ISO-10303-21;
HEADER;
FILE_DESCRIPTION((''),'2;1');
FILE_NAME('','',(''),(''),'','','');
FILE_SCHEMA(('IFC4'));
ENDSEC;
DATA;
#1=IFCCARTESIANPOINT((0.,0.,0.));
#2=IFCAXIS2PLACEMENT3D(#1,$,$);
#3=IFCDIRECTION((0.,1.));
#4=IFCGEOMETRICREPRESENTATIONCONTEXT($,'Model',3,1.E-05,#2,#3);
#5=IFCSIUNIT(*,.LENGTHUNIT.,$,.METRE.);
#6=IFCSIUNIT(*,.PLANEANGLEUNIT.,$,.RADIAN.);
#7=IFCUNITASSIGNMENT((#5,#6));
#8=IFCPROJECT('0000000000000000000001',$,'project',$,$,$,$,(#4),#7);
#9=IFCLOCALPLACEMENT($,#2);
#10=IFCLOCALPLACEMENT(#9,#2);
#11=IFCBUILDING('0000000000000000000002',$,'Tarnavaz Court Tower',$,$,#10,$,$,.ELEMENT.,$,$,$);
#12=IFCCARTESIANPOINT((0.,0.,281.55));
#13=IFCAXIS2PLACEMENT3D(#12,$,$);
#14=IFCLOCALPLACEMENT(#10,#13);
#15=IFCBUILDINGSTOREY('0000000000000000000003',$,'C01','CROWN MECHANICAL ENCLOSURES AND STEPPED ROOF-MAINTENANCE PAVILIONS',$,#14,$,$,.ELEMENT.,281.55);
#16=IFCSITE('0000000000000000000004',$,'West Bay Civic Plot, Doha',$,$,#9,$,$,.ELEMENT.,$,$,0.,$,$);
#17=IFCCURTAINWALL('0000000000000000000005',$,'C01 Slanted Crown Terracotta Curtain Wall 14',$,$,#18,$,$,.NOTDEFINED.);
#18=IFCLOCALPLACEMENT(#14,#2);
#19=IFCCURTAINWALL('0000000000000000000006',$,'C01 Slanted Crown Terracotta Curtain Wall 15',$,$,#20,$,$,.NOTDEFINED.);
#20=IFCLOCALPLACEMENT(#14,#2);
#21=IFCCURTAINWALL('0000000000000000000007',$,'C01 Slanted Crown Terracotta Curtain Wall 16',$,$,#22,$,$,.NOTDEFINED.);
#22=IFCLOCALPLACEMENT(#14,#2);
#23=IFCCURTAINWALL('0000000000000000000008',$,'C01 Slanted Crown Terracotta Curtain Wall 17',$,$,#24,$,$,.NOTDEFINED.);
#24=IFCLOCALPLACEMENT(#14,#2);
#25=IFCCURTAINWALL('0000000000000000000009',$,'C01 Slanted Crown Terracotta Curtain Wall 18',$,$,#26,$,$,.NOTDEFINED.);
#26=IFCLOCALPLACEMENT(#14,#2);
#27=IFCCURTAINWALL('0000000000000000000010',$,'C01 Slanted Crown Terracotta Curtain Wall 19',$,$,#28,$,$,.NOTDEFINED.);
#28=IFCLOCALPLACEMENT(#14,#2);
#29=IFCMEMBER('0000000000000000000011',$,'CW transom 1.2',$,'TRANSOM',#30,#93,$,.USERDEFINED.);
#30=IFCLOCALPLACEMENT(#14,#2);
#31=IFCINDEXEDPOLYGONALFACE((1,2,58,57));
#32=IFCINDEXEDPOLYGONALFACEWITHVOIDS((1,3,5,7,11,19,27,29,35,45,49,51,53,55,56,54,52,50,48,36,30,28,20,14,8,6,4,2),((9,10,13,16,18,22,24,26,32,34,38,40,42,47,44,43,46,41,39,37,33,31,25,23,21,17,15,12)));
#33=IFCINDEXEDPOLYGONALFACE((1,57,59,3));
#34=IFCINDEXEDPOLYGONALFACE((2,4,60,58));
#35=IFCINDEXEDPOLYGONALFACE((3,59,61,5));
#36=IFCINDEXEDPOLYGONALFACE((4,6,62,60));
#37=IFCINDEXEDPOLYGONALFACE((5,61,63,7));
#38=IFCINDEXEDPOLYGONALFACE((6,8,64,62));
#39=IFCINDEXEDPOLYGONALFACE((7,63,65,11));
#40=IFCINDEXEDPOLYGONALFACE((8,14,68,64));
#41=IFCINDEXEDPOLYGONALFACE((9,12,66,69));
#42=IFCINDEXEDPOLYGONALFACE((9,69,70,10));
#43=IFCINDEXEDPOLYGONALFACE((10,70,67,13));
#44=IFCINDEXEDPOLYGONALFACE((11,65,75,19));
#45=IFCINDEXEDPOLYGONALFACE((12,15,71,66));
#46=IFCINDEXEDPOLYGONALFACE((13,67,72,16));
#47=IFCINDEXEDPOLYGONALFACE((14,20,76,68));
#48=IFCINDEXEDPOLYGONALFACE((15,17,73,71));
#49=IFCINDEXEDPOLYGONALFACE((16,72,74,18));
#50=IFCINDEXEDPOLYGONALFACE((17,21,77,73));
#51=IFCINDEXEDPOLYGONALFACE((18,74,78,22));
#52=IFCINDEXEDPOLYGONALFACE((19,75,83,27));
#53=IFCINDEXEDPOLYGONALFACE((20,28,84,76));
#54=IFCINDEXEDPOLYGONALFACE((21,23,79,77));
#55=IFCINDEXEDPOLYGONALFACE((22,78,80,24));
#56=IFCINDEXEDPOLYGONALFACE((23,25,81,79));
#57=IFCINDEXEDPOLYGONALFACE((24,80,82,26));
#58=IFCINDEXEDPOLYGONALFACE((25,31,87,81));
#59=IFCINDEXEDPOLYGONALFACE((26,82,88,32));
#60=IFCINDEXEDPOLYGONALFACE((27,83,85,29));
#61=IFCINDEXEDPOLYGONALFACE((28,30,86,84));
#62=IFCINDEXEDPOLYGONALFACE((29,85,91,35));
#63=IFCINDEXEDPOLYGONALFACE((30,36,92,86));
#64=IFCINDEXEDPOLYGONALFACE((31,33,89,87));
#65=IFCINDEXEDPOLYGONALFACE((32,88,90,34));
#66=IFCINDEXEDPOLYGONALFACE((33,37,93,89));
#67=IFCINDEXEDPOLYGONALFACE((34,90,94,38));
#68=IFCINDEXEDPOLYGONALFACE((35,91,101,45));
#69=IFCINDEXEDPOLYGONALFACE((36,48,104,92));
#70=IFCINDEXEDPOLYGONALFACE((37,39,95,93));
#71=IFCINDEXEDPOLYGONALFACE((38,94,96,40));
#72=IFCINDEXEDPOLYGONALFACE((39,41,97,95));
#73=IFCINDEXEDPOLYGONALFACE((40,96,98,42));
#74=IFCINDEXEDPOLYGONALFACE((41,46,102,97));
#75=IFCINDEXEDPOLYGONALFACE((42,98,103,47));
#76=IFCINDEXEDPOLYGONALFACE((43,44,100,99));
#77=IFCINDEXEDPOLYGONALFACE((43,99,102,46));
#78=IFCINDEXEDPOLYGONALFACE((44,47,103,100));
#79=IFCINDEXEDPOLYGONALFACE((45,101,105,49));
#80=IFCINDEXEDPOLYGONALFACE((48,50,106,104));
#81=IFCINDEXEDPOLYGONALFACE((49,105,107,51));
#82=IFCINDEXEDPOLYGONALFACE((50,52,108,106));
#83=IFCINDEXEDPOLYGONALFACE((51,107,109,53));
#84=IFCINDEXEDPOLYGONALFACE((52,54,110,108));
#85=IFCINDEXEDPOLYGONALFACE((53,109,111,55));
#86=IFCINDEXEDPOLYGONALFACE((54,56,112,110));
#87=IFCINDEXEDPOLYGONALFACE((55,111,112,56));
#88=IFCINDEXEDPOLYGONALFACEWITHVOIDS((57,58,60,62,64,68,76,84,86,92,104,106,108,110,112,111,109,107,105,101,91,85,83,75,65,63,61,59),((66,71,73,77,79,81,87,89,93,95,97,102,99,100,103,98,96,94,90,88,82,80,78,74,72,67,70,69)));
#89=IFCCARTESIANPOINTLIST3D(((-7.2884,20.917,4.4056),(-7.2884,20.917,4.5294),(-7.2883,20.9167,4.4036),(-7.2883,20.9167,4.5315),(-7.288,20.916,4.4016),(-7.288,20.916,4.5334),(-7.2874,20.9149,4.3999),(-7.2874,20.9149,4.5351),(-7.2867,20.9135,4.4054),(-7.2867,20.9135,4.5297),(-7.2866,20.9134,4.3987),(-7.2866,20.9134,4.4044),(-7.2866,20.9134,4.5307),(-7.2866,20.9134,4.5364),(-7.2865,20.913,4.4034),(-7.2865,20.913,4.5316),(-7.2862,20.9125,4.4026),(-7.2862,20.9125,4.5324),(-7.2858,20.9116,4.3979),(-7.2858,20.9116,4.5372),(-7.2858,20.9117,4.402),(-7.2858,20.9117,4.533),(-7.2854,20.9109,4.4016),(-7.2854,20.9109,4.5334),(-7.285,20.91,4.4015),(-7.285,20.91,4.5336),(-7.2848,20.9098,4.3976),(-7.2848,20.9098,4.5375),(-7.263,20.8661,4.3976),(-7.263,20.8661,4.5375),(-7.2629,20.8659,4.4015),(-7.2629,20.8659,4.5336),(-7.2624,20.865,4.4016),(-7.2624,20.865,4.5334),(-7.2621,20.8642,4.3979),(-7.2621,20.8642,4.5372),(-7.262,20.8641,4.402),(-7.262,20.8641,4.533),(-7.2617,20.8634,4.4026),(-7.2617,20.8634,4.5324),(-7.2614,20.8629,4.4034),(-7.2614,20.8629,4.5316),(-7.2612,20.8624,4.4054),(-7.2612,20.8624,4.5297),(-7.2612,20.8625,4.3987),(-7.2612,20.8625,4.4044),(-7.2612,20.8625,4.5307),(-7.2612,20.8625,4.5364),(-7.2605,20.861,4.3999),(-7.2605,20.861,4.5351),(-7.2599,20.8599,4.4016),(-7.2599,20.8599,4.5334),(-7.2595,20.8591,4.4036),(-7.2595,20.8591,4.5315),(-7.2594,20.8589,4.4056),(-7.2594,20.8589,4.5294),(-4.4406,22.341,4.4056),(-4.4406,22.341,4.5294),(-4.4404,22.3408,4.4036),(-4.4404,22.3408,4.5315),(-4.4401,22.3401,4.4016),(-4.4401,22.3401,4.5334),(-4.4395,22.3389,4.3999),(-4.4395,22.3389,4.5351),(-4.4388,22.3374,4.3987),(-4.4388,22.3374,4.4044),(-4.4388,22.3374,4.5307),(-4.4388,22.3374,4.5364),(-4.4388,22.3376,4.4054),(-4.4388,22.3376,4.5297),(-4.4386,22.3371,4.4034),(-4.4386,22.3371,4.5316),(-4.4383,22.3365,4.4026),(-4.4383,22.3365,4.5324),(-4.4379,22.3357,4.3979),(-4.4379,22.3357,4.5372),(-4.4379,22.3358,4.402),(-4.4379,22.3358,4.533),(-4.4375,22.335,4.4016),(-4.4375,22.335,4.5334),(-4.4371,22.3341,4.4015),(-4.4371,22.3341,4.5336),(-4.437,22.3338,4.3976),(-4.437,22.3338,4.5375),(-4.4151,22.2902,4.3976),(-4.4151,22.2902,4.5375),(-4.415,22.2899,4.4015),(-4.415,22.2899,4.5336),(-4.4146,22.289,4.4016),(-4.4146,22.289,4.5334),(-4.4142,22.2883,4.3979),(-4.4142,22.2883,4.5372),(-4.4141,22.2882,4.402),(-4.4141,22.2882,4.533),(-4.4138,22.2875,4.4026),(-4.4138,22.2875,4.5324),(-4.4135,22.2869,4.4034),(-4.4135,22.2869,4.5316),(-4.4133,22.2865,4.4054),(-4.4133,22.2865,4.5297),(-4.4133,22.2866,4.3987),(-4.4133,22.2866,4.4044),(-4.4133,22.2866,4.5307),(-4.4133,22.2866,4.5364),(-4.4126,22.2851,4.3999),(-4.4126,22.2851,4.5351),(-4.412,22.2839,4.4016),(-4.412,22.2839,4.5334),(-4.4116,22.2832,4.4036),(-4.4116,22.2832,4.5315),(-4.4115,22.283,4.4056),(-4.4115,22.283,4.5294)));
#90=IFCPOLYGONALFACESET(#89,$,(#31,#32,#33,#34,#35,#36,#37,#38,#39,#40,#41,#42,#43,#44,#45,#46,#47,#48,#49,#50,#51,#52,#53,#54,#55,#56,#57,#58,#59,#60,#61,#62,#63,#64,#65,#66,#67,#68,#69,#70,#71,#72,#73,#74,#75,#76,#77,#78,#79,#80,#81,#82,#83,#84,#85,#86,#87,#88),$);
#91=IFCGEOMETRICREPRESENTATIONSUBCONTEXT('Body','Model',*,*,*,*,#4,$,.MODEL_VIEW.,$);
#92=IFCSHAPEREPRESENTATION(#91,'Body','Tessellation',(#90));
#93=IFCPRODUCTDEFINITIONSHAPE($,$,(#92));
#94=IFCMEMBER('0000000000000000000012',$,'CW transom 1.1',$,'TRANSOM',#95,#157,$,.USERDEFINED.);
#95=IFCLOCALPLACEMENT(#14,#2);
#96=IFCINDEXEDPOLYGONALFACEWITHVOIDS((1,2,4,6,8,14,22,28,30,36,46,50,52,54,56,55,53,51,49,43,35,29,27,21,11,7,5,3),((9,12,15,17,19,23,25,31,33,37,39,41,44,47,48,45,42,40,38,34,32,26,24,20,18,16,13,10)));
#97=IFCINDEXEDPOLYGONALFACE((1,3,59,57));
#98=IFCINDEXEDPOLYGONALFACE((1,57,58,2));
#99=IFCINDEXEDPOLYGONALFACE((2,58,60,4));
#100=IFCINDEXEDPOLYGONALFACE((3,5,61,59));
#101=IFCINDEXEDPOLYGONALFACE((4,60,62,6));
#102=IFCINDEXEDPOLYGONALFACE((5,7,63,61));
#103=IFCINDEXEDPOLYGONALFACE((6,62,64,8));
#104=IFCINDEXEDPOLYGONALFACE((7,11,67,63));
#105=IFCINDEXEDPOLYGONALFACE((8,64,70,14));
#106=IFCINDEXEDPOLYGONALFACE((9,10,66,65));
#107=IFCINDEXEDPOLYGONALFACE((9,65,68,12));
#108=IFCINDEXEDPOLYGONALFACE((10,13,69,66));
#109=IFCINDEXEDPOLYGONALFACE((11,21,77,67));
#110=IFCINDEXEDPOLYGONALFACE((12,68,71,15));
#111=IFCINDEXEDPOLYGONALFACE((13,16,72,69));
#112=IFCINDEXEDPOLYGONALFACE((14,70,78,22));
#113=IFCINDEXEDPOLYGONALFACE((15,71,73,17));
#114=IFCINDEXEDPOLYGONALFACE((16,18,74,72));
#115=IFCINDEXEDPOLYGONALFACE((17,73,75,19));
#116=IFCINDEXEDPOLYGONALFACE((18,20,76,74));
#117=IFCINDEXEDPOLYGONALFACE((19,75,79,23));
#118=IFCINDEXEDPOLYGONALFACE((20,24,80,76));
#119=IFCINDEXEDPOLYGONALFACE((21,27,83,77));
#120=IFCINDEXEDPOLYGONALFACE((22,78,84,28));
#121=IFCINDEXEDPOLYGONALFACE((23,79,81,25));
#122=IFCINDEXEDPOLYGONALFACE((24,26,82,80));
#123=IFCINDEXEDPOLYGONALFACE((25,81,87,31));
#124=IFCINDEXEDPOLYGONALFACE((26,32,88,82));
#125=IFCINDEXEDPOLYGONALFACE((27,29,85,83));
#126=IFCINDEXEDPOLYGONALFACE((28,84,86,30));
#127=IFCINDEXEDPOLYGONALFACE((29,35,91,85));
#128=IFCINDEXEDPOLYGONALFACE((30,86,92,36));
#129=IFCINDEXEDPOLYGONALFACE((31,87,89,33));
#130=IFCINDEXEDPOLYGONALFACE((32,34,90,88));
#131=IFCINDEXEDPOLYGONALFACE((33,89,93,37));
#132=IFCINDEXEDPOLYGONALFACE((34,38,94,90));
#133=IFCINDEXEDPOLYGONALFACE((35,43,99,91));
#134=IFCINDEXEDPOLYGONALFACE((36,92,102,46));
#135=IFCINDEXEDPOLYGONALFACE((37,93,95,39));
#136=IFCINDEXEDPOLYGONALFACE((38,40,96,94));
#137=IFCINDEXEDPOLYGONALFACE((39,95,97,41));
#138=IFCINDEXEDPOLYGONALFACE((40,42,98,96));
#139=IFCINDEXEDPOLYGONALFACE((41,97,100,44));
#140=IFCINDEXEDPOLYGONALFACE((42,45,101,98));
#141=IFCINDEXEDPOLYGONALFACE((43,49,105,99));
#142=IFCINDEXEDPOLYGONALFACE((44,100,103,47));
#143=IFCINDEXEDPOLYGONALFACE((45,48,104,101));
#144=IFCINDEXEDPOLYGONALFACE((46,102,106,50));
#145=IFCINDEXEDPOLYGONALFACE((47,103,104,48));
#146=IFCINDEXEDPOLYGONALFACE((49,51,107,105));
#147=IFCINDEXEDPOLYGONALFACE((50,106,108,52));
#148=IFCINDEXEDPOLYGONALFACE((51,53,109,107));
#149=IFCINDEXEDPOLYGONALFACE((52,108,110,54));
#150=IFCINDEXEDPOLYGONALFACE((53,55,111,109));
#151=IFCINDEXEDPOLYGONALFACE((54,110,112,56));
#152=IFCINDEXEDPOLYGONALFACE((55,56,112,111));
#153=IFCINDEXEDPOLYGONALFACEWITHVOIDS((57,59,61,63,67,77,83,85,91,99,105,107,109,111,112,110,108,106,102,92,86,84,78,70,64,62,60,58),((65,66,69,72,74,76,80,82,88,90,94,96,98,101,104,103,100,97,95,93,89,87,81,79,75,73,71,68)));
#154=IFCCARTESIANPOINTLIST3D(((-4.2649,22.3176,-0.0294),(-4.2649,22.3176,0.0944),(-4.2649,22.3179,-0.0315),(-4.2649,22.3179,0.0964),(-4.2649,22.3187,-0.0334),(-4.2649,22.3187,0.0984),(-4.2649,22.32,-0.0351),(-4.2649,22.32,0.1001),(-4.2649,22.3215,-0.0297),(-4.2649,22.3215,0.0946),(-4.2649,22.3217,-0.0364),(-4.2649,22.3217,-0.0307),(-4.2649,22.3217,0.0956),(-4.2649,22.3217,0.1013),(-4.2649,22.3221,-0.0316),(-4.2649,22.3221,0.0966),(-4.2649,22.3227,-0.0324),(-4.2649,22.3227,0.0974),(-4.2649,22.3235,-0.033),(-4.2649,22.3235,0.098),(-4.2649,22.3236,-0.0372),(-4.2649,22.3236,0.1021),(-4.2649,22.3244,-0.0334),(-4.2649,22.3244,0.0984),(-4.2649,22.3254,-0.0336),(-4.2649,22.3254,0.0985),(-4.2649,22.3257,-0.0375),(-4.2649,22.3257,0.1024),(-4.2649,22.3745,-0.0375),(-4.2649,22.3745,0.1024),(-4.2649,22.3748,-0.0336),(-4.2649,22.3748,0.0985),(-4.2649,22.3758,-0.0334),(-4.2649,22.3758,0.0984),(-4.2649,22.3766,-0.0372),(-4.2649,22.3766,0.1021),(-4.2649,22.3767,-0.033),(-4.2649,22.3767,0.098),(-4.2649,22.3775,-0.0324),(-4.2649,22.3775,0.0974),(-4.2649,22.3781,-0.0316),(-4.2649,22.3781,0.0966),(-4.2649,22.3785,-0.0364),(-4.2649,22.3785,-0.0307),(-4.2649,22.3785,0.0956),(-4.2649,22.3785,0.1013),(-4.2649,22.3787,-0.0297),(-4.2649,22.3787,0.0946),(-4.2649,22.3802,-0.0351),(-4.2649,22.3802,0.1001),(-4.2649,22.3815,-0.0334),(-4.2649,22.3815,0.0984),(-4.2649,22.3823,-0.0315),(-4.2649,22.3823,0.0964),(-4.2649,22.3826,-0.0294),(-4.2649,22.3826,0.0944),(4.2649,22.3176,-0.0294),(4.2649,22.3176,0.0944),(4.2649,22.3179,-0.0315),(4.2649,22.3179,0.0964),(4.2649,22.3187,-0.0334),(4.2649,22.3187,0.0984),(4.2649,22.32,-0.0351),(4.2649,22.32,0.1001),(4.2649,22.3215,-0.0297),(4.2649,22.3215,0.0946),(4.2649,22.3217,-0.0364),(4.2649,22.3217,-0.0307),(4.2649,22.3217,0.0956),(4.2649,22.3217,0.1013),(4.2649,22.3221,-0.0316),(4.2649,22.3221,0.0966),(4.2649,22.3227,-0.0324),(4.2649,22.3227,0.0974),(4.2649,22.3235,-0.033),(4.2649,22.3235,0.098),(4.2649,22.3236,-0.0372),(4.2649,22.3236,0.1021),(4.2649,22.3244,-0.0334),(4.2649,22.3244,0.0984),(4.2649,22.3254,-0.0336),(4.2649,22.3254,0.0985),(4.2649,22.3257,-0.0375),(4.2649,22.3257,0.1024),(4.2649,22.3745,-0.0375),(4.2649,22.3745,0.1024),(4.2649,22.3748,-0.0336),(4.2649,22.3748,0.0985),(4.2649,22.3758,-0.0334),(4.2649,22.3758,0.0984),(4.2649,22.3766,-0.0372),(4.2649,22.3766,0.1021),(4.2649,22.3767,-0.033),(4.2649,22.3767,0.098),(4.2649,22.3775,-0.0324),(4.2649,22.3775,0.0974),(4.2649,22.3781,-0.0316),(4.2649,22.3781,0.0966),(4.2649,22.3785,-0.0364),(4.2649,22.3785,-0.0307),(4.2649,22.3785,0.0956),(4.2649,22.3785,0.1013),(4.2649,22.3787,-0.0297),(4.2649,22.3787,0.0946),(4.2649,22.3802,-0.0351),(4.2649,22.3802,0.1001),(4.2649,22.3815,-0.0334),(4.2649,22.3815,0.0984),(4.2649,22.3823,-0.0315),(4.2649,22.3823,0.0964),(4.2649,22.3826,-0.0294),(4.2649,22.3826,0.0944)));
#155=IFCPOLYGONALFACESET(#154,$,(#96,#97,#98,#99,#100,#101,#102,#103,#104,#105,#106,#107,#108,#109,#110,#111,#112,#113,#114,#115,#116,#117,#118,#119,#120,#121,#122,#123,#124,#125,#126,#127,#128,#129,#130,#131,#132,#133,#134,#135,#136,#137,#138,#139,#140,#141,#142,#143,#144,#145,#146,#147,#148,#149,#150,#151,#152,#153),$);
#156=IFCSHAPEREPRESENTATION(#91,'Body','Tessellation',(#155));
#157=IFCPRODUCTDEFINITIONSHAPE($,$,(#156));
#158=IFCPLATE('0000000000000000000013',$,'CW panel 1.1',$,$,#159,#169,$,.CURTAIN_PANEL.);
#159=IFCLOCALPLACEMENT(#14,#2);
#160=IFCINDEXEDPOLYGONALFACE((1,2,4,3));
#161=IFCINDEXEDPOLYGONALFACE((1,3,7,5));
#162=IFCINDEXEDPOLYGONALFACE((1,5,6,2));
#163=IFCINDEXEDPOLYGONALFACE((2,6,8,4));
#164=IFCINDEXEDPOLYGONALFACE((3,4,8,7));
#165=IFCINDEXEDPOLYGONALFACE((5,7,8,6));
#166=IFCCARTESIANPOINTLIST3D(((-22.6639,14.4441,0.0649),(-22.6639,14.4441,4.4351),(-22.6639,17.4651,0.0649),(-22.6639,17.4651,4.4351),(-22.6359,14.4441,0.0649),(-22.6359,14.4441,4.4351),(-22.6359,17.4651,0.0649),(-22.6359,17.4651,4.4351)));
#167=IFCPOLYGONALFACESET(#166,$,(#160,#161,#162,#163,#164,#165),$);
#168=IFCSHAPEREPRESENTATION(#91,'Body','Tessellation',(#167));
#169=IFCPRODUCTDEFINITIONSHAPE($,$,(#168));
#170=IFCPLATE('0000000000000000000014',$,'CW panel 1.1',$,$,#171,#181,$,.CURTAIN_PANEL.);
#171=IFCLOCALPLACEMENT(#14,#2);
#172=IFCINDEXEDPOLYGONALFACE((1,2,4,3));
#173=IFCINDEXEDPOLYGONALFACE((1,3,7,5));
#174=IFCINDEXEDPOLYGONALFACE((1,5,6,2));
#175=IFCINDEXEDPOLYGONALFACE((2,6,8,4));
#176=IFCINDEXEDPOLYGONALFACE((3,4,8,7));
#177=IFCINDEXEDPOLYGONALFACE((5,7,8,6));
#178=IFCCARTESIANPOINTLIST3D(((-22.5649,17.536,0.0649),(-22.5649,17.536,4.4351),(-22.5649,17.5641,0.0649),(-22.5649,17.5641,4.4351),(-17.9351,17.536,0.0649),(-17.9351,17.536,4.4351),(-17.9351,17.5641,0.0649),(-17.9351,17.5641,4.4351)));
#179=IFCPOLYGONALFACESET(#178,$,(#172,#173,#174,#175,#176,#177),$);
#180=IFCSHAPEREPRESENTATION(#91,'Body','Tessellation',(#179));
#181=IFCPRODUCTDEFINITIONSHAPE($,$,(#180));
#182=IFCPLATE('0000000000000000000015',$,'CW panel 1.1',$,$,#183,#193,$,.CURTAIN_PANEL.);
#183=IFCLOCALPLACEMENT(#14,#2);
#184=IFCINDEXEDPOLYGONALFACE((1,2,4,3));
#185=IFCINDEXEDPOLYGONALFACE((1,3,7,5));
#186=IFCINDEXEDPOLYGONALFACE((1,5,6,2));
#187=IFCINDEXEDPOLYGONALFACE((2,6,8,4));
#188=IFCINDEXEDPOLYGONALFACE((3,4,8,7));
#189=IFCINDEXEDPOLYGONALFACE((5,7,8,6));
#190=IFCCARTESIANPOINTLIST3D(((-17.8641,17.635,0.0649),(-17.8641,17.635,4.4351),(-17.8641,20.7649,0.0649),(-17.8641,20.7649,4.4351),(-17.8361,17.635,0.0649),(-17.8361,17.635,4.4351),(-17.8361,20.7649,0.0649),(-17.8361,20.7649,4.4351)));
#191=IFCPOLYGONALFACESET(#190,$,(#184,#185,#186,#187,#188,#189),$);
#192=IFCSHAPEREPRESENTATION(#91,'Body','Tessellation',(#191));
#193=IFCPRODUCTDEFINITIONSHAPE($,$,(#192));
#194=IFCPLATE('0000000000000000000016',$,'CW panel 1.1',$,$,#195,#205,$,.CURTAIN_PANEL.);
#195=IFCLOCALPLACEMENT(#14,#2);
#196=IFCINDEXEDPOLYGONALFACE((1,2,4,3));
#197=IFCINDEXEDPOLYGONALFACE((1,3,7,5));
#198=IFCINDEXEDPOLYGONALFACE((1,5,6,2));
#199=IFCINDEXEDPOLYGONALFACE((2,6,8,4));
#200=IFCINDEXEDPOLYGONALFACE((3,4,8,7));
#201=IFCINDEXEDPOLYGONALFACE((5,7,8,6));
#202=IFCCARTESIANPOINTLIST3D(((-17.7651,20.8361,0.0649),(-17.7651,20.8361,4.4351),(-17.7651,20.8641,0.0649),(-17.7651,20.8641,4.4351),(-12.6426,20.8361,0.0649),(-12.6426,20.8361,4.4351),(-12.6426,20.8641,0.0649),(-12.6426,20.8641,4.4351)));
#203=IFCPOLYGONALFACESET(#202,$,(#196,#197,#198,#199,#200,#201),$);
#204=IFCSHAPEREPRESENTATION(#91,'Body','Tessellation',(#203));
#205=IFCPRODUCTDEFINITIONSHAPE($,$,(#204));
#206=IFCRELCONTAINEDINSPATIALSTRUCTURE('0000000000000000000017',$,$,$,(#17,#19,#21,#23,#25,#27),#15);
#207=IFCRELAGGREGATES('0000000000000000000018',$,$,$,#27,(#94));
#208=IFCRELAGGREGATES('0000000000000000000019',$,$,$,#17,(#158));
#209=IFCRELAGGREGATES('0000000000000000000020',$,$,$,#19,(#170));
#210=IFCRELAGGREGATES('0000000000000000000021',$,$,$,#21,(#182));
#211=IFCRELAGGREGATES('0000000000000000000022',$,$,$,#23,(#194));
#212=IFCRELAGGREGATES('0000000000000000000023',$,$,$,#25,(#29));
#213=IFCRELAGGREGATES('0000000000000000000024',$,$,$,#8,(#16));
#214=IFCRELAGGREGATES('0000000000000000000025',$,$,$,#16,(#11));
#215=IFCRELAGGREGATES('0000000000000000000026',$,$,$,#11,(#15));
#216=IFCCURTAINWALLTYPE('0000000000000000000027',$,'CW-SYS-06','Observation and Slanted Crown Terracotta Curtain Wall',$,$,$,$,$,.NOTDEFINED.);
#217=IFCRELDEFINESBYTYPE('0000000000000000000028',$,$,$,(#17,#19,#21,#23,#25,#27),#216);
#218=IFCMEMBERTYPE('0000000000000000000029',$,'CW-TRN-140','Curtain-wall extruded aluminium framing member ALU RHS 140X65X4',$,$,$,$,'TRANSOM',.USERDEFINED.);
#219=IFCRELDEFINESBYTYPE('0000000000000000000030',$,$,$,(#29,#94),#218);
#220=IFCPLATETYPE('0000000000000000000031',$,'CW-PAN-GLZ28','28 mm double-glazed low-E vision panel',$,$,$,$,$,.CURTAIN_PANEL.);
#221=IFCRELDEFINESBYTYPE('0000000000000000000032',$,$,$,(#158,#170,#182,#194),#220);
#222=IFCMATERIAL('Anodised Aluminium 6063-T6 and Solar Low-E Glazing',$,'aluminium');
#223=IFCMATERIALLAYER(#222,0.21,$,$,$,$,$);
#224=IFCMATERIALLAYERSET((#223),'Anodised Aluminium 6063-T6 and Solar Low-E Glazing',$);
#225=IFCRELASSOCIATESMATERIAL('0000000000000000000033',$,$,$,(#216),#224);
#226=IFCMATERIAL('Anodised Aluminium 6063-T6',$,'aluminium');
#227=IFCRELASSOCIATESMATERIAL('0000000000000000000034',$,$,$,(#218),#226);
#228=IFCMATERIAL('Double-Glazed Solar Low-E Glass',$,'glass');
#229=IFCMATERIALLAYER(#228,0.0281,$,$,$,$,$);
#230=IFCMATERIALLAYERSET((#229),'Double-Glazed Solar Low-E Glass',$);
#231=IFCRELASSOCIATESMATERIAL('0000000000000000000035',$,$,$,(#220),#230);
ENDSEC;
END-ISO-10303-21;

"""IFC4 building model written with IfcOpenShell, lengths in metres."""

from ifc_helpers import new_model, si_unit, direction, frame, origin, origin_2d, place, context, subcontext, project, spatial, rectangle, hollow_rectangle, extrude, material, layer, layer_set, material_profile, profile_set, type_object, element, aggregate, save


model = new_model("IFC4")

# Units and contexts
model_context = context("Model", 3, precision=1e-05, world=origin(), true_north=direction((0.0, 1.0)))
body_context = subcontext(model_context, "Body", "Model", "MODEL_VIEW")
ifc_project = project(units=[si_unit("LENGTHUNIT", "METRE"), si_unit("PLANEANGLEUNIT", "RADIAN")], contexts=[model_context])

# Site, building, storey
site_placement = place(None, origin())
site = spatial("IfcSite", under=ifc_project, at=site_placement, Name="West Bay Civic Plot, Doha", CompositionType="ELEMENT", RefElevation=0.0)
building_placement = place(site_placement, origin())
building = spatial("IfcBuilding", under=site, at=building_placement, Name="Tarnavaz Court Tower", CompositionType="ELEMENT")
storey_placement = place(building_placement, frame((0.0, 0.0, 281.55)))
storey = spatial("IfcBuildingStorey", under=building, at=storey_placement, Name="C01", Description="CROWN MECHANICAL ENCLOSURES AND STEPPED ROOF-MAINTENANCE PAVILIONS", CompositionType="ELEMENT", Elevation=281.55)

# Shared definitions
ifc_material_1 = material(Name="Anodised Aluminium 6063-T6 and Solar Low-E Glazing", Category="aluminium")
ifc_layer_1 = layer(ifc_material_1, 0.21)
ifc_layer_set_1 = layer_set([ifc_layer_1], Name="Anodised Aluminium 6063-T6 and Solar Low-E Glazing")
curtain_wall_type = type_object("IfcCurtainWallType", Name="CW-SYS-06", Description="Observation and Slanted Crown Terracotta Curtain Wall", PredefinedType="NOTDEFINED", material=ifc_layer_set_1)
ifc_material_2 = material(Name="Anodised Aluminium 6063-T6", Category="aluminium")

# Curtain walls
curtain_wall_1_placement = place(storey_placement, origin())
curtain_wall_1 = element("IfcCurtainWall", 1, at=curtain_wall_1_placement, inside=storey, type_object=curtain_wall_type, Name="C01 Slanted Crown Terracotta Curtain Wall 14", PredefinedType="NOTDEFINED")
curtain_wall_2_placement = place(storey_placement, origin())
curtain_wall_2 = element("IfcCurtainWall", 2, at=curtain_wall_2_placement, inside=storey, type_object=curtain_wall_type, Name="C01 Slanted Crown Terracotta Curtain Wall 15", PredefinedType="NOTDEFINED")
curtain_wall_3_placement = place(storey_placement, origin())
curtain_wall_3 = element("IfcCurtainWall", 3, at=curtain_wall_3_placement, inside=storey, type_object=curtain_wall_type, Name="C01 Slanted Crown Terracotta Curtain Wall 16", PredefinedType="NOTDEFINED")
curtain_wall_4_placement = place(storey_placement, origin())
curtain_wall_4 = element("IfcCurtainWall", 4, at=curtain_wall_4_placement, inside=storey, type_object=curtain_wall_type, Name="C01 Slanted Crown Terracotta Curtain Wall 17", PredefinedType="NOTDEFINED")
curtain_wall_5_placement = place(storey_placement, origin())
curtain_wall_5 = element("IfcCurtainWall", 5, at=curtain_wall_5_placement, inside=storey, type_object=curtain_wall_type, Name="C01 Slanted Crown Terracotta Curtain Wall 18", PredefinedType="NOTDEFINED")

# Curtain wall
curtain_wall_6_placement = place(storey_placement, origin())
curtain_wall_6 = element("IfcCurtainWall", 6, at=curtain_wall_6_placement, inside=storey, type_object=curtain_wall_type, Name="C01 Slanted Crown Terracotta Curtain Wall 19", PredefinedType="NOTDEFINED")

# Members
ifc_material_profile_1 = material_profile(ifc_material_2, hollow_rectangle(XDim=0.0649, YDim=0.1399, WallThickness=0.0039, InnerFilletRadius=0.0039, OuterFilletRadius=0.0081, at=origin_2d()), Name="ALU RHS 140X65X4")
ifc_profile_set_1 = profile_set([ifc_material_profile_1], Name="Anodised Aluminium 6063-T6")
member_type_1 = type_object("IfcMemberType", Name="CW-TRN-140", Description="Curtain-wall extruded aluminium framing member ALU RHS 140X65X4", ElementType="TRANSOM", PredefinedType="USERDEFINED", material=ifc_profile_set_1)
member_1_placement = place(storey_placement, frame((-7.2739, 20.8879, 4.4675), z_axis=(0.894412, 0.447244, 0.0), x_axis=(-0.447244, 0.894412, 0.0)))
member_1 = element("IfcMember", 7, at=member_1_placement, type_object=member_type_1, Name="CW transom 1.2", ObjectType="TRANSOM", PredefinedType="USERDEFINED", context=body_context, shape_type="SweptSolid", body=[
    extrude(hollow_rectangle(XDim=0.0649, YDim=0.1399, WallThickness=0.0039, InnerFilletRadius=0.0039, OuterFilletRadius=0.0081, at=origin_2d()), origin(), (0.0, 0.0, 1.0), 3.1841),
])
member_2_placement = place(storey_placement, frame((-4.2649, 22.3501, 0.0325), z_axis=(1.0, 0.0, 0.0), x_axis=(0.0, 1.0, 0.0)))
member_2 = element("IfcMember", 8, at=member_2_placement, type_object=member_type_1, Name="CW transom 1.1", ObjectType="TRANSOM", PredefinedType="USERDEFINED", context=body_context, shape_type="SweptSolid", body=[
    extrude(hollow_rectangle(XDim=0.0649, YDim=0.1399, WallThickness=0.0039, InnerFilletRadius=0.0039, OuterFilletRadius=0.0081, at=origin_2d()), origin(), (0.0, 0.0, 1.0), 8.5298),
])
aggregate(curtain_wall_6, [member_2])

# Plates
ifc_material_3 = material(Name="Double-Glazed Solar Low-E Glass", Category="glass")
ifc_layer_2 = layer(ifc_material_3, 0.0281)
ifc_layer_set_2 = layer_set([ifc_layer_2], Name="Double-Glazed Solar Low-E Glass")
plate_type_1 = type_object("IfcPlateType", Name="CW-PAN-GLZ28", Description="28 mm double-glazed low-E vision panel", PredefinedType="CURTAIN_PANEL", material=ifc_layer_set_2)
plate_1_placement = place(storey_placement, frame((-22.6499, 15.9546, 0.0649), z_axis=(0.0, 0.0, 1.0), x_axis=(0.0, 1.0, 0.0)))
plate_1 = element("IfcPlate", 9, at=plate_1_placement, type_object=plate_type_1, Name="CW panel 1.1", PredefinedType="CURTAIN_PANEL", context=body_context, shape_type="SweptSolid", body=[
    extrude(rectangle(XDim=3.021, YDim=0.0281, at=origin_2d()), origin(), (0.0, 0.0, 1.0), 4.3701),
])
aggregate(curtain_wall_1, [plate_1])
plate_2_placement = place(storey_placement, frame((-20.25, 17.55, 0.0649), z_axis=(0.0, 0.0, 1.0), x_axis=(1.0, 0.0, 0.0)))
plate_2 = element("IfcPlate", 10, at=plate_2_placement, type_object=plate_type_1, Name="CW panel 1.1", PredefinedType="CURTAIN_PANEL", context=body_context, shape_type="SweptSolid", body=[
    extrude(rectangle(XDim=4.6299, YDim=0.0281, at=origin_2d()), origin(), (0.0, 0.0, 1.0), 4.3701),
])
aggregate(curtain_wall_2, [plate_2])
plate_3_placement = place(storey_placement, frame((-17.8501, 19.2, 0.0649), z_axis=(0.0, 0.0, 1.0), x_axis=(0.0, 1.0, 0.0)))
plate_3 = element("IfcPlate", 11, at=plate_3_placement, type_object=plate_type_1, Name="CW panel 1.1", PredefinedType="CURTAIN_PANEL", context=body_context, shape_type="SweptSolid", body=[
    extrude(rectangle(XDim=3.1299, YDim=0.0281, at=origin_2d()), origin(), (0.0, 0.0, 1.0), 4.3701),
])
aggregate(curtain_wall_3, [plate_3])
plate_4_placement = place(storey_placement, frame((-15.2039, 20.8501, 0.0649), z_axis=(0.0, 0.0, 1.0), x_axis=(1.0, 0.0, 0.0)))
plate_4 = element("IfcPlate", 12, at=plate_4_placement, type_object=plate_type_1, Name="CW panel 1.1", PredefinedType="CURTAIN_PANEL", context=body_context, shape_type="SweptSolid", body=[
    extrude(rectangle(XDim=5.1226, YDim=0.0281, at=origin_2d()), origin(), (0.0, 0.0, 1.0), 4.3701),
])
aggregate(curtain_wall_4, [plate_4])
aggregate(curtain_wall_5, [member_1])

save(model, "model.ifc")
